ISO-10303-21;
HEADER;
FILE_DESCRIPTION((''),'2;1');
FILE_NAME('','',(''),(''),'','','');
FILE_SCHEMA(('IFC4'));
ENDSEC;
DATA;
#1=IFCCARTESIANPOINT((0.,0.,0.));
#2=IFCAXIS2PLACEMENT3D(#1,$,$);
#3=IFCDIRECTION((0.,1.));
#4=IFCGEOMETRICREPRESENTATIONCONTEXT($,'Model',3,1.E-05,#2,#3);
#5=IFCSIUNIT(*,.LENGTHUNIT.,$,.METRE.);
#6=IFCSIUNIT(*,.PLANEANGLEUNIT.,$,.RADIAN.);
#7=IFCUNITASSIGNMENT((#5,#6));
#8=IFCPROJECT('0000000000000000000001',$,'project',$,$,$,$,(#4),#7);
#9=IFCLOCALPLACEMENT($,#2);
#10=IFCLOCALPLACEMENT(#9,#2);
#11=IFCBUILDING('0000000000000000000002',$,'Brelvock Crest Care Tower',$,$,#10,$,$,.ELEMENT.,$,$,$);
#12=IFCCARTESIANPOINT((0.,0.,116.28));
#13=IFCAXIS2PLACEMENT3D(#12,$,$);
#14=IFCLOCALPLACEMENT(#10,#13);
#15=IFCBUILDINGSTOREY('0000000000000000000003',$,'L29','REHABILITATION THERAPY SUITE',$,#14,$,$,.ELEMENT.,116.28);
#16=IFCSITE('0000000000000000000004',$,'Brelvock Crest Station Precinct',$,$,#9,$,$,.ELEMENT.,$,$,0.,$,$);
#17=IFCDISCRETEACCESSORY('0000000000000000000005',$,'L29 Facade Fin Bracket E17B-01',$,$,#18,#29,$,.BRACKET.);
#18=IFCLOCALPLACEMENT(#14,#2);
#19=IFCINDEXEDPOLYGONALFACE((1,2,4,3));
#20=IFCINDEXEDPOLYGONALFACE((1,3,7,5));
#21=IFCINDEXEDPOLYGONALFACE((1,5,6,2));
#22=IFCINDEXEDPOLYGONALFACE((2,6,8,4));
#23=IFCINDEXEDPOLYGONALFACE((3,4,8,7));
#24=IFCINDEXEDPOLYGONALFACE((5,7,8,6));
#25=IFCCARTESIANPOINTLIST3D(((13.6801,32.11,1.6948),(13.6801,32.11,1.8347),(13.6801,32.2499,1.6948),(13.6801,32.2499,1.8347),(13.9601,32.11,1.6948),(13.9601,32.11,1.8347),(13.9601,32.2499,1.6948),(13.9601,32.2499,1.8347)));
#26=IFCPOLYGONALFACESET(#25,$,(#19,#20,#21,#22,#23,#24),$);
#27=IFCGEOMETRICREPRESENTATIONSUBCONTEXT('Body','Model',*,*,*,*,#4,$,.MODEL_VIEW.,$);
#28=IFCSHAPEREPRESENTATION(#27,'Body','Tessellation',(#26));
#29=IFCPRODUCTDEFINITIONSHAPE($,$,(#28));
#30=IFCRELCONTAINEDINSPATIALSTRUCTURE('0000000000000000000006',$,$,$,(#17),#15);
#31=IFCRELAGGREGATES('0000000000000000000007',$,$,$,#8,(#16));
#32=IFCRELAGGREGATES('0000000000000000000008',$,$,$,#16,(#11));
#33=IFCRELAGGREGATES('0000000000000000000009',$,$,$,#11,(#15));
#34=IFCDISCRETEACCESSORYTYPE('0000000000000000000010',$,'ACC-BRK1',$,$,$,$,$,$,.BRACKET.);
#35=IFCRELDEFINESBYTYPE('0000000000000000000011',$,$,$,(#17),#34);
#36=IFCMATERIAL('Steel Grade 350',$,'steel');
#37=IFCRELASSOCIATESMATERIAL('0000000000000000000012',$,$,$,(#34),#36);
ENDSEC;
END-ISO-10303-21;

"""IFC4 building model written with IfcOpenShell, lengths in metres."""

from ifc_helpers import new_model, si_unit, direction, frame, origin, origin_2d, place, context, subcontext, project, spatial, rectangle, extrude, source, transform, mapped, material, type_object, element, save


model = new_model("IFC4")

# Units and contexts
model_context = context("Model", 3, precision=1e-05, world=origin(), true_north=direction((0.0, 1.0)))
body_context = subcontext(model_context, "Body", "Model", "MODEL_VIEW")
ifc_project = project(units=[si_unit("LENGTHUNIT", "METRE"), si_unit("PLANEANGLEUNIT", "RADIAN")], contexts=[model_context])

# Site, building, storey
site_placement = place(None, origin())
site = spatial("IfcSite", under=ifc_project, at=site_placement, Name="Brelvock Crest Station Precinct", CompositionType="ELEMENT", RefElevation=0.0)
building_placement = place(site_placement, origin())
building = spatial("IfcBuilding", under=site, at=building_placement, Name="Brelvock Crest Care Tower", CompositionType="ELEMENT")
storey_placement = place(building_placement, frame((0.0, 0.0, 116.28)))
storey = spatial("IfcBuildingStorey", under=building, at=storey_placement, Name="L29", Description="REHABILITATION THERAPY SUITE", CompositionType="ELEMENT", Elevation=116.28)

# Shared definitions
ifc_material_1 = material(Name="Steel Grade 350", Category="steel")

# Discrete accessory
discrete_accessory_type = type_object("IfcDiscreteAccessoryType", Name="ACC-BRK1", PredefinedType="BRACKET", material=ifc_material_1)
shared_shape_1 = source(origin(), body_context, "Body", "SweptSolid", [
    extrude(rectangle(XDim=0.28, YDim=0.1399, at=origin_2d()), origin(), (0.0, 0.0, 1.0), 0.1399),
])
discrete_accessory_placement = place(storey_placement, frame((13.8201, 32.1799, 1.6948), z_axis=(0.0, 0.0, 1.0), x_axis=(-1.0, 0.0, 0.0)))
element("IfcDiscreteAccessory", 1, at=discrete_accessory_placement, inside=storey, type_object=discrete_accessory_type, Name="L29 Facade Fin Bracket E17B-01", PredefinedType="BRACKET", context=body_context, shape_type="MappedRepresentation", body=[
    mapped(shared_shape_1, transform((0.0, 0.0, 0.0), x_axis=(1.0, 0.0, 0.0), y_axis=(0.0, 1.0, 0.0), z_axis=(0.0, 0.0, 1.0), scale=1.0)),
])

save(model, "model.ifc")
